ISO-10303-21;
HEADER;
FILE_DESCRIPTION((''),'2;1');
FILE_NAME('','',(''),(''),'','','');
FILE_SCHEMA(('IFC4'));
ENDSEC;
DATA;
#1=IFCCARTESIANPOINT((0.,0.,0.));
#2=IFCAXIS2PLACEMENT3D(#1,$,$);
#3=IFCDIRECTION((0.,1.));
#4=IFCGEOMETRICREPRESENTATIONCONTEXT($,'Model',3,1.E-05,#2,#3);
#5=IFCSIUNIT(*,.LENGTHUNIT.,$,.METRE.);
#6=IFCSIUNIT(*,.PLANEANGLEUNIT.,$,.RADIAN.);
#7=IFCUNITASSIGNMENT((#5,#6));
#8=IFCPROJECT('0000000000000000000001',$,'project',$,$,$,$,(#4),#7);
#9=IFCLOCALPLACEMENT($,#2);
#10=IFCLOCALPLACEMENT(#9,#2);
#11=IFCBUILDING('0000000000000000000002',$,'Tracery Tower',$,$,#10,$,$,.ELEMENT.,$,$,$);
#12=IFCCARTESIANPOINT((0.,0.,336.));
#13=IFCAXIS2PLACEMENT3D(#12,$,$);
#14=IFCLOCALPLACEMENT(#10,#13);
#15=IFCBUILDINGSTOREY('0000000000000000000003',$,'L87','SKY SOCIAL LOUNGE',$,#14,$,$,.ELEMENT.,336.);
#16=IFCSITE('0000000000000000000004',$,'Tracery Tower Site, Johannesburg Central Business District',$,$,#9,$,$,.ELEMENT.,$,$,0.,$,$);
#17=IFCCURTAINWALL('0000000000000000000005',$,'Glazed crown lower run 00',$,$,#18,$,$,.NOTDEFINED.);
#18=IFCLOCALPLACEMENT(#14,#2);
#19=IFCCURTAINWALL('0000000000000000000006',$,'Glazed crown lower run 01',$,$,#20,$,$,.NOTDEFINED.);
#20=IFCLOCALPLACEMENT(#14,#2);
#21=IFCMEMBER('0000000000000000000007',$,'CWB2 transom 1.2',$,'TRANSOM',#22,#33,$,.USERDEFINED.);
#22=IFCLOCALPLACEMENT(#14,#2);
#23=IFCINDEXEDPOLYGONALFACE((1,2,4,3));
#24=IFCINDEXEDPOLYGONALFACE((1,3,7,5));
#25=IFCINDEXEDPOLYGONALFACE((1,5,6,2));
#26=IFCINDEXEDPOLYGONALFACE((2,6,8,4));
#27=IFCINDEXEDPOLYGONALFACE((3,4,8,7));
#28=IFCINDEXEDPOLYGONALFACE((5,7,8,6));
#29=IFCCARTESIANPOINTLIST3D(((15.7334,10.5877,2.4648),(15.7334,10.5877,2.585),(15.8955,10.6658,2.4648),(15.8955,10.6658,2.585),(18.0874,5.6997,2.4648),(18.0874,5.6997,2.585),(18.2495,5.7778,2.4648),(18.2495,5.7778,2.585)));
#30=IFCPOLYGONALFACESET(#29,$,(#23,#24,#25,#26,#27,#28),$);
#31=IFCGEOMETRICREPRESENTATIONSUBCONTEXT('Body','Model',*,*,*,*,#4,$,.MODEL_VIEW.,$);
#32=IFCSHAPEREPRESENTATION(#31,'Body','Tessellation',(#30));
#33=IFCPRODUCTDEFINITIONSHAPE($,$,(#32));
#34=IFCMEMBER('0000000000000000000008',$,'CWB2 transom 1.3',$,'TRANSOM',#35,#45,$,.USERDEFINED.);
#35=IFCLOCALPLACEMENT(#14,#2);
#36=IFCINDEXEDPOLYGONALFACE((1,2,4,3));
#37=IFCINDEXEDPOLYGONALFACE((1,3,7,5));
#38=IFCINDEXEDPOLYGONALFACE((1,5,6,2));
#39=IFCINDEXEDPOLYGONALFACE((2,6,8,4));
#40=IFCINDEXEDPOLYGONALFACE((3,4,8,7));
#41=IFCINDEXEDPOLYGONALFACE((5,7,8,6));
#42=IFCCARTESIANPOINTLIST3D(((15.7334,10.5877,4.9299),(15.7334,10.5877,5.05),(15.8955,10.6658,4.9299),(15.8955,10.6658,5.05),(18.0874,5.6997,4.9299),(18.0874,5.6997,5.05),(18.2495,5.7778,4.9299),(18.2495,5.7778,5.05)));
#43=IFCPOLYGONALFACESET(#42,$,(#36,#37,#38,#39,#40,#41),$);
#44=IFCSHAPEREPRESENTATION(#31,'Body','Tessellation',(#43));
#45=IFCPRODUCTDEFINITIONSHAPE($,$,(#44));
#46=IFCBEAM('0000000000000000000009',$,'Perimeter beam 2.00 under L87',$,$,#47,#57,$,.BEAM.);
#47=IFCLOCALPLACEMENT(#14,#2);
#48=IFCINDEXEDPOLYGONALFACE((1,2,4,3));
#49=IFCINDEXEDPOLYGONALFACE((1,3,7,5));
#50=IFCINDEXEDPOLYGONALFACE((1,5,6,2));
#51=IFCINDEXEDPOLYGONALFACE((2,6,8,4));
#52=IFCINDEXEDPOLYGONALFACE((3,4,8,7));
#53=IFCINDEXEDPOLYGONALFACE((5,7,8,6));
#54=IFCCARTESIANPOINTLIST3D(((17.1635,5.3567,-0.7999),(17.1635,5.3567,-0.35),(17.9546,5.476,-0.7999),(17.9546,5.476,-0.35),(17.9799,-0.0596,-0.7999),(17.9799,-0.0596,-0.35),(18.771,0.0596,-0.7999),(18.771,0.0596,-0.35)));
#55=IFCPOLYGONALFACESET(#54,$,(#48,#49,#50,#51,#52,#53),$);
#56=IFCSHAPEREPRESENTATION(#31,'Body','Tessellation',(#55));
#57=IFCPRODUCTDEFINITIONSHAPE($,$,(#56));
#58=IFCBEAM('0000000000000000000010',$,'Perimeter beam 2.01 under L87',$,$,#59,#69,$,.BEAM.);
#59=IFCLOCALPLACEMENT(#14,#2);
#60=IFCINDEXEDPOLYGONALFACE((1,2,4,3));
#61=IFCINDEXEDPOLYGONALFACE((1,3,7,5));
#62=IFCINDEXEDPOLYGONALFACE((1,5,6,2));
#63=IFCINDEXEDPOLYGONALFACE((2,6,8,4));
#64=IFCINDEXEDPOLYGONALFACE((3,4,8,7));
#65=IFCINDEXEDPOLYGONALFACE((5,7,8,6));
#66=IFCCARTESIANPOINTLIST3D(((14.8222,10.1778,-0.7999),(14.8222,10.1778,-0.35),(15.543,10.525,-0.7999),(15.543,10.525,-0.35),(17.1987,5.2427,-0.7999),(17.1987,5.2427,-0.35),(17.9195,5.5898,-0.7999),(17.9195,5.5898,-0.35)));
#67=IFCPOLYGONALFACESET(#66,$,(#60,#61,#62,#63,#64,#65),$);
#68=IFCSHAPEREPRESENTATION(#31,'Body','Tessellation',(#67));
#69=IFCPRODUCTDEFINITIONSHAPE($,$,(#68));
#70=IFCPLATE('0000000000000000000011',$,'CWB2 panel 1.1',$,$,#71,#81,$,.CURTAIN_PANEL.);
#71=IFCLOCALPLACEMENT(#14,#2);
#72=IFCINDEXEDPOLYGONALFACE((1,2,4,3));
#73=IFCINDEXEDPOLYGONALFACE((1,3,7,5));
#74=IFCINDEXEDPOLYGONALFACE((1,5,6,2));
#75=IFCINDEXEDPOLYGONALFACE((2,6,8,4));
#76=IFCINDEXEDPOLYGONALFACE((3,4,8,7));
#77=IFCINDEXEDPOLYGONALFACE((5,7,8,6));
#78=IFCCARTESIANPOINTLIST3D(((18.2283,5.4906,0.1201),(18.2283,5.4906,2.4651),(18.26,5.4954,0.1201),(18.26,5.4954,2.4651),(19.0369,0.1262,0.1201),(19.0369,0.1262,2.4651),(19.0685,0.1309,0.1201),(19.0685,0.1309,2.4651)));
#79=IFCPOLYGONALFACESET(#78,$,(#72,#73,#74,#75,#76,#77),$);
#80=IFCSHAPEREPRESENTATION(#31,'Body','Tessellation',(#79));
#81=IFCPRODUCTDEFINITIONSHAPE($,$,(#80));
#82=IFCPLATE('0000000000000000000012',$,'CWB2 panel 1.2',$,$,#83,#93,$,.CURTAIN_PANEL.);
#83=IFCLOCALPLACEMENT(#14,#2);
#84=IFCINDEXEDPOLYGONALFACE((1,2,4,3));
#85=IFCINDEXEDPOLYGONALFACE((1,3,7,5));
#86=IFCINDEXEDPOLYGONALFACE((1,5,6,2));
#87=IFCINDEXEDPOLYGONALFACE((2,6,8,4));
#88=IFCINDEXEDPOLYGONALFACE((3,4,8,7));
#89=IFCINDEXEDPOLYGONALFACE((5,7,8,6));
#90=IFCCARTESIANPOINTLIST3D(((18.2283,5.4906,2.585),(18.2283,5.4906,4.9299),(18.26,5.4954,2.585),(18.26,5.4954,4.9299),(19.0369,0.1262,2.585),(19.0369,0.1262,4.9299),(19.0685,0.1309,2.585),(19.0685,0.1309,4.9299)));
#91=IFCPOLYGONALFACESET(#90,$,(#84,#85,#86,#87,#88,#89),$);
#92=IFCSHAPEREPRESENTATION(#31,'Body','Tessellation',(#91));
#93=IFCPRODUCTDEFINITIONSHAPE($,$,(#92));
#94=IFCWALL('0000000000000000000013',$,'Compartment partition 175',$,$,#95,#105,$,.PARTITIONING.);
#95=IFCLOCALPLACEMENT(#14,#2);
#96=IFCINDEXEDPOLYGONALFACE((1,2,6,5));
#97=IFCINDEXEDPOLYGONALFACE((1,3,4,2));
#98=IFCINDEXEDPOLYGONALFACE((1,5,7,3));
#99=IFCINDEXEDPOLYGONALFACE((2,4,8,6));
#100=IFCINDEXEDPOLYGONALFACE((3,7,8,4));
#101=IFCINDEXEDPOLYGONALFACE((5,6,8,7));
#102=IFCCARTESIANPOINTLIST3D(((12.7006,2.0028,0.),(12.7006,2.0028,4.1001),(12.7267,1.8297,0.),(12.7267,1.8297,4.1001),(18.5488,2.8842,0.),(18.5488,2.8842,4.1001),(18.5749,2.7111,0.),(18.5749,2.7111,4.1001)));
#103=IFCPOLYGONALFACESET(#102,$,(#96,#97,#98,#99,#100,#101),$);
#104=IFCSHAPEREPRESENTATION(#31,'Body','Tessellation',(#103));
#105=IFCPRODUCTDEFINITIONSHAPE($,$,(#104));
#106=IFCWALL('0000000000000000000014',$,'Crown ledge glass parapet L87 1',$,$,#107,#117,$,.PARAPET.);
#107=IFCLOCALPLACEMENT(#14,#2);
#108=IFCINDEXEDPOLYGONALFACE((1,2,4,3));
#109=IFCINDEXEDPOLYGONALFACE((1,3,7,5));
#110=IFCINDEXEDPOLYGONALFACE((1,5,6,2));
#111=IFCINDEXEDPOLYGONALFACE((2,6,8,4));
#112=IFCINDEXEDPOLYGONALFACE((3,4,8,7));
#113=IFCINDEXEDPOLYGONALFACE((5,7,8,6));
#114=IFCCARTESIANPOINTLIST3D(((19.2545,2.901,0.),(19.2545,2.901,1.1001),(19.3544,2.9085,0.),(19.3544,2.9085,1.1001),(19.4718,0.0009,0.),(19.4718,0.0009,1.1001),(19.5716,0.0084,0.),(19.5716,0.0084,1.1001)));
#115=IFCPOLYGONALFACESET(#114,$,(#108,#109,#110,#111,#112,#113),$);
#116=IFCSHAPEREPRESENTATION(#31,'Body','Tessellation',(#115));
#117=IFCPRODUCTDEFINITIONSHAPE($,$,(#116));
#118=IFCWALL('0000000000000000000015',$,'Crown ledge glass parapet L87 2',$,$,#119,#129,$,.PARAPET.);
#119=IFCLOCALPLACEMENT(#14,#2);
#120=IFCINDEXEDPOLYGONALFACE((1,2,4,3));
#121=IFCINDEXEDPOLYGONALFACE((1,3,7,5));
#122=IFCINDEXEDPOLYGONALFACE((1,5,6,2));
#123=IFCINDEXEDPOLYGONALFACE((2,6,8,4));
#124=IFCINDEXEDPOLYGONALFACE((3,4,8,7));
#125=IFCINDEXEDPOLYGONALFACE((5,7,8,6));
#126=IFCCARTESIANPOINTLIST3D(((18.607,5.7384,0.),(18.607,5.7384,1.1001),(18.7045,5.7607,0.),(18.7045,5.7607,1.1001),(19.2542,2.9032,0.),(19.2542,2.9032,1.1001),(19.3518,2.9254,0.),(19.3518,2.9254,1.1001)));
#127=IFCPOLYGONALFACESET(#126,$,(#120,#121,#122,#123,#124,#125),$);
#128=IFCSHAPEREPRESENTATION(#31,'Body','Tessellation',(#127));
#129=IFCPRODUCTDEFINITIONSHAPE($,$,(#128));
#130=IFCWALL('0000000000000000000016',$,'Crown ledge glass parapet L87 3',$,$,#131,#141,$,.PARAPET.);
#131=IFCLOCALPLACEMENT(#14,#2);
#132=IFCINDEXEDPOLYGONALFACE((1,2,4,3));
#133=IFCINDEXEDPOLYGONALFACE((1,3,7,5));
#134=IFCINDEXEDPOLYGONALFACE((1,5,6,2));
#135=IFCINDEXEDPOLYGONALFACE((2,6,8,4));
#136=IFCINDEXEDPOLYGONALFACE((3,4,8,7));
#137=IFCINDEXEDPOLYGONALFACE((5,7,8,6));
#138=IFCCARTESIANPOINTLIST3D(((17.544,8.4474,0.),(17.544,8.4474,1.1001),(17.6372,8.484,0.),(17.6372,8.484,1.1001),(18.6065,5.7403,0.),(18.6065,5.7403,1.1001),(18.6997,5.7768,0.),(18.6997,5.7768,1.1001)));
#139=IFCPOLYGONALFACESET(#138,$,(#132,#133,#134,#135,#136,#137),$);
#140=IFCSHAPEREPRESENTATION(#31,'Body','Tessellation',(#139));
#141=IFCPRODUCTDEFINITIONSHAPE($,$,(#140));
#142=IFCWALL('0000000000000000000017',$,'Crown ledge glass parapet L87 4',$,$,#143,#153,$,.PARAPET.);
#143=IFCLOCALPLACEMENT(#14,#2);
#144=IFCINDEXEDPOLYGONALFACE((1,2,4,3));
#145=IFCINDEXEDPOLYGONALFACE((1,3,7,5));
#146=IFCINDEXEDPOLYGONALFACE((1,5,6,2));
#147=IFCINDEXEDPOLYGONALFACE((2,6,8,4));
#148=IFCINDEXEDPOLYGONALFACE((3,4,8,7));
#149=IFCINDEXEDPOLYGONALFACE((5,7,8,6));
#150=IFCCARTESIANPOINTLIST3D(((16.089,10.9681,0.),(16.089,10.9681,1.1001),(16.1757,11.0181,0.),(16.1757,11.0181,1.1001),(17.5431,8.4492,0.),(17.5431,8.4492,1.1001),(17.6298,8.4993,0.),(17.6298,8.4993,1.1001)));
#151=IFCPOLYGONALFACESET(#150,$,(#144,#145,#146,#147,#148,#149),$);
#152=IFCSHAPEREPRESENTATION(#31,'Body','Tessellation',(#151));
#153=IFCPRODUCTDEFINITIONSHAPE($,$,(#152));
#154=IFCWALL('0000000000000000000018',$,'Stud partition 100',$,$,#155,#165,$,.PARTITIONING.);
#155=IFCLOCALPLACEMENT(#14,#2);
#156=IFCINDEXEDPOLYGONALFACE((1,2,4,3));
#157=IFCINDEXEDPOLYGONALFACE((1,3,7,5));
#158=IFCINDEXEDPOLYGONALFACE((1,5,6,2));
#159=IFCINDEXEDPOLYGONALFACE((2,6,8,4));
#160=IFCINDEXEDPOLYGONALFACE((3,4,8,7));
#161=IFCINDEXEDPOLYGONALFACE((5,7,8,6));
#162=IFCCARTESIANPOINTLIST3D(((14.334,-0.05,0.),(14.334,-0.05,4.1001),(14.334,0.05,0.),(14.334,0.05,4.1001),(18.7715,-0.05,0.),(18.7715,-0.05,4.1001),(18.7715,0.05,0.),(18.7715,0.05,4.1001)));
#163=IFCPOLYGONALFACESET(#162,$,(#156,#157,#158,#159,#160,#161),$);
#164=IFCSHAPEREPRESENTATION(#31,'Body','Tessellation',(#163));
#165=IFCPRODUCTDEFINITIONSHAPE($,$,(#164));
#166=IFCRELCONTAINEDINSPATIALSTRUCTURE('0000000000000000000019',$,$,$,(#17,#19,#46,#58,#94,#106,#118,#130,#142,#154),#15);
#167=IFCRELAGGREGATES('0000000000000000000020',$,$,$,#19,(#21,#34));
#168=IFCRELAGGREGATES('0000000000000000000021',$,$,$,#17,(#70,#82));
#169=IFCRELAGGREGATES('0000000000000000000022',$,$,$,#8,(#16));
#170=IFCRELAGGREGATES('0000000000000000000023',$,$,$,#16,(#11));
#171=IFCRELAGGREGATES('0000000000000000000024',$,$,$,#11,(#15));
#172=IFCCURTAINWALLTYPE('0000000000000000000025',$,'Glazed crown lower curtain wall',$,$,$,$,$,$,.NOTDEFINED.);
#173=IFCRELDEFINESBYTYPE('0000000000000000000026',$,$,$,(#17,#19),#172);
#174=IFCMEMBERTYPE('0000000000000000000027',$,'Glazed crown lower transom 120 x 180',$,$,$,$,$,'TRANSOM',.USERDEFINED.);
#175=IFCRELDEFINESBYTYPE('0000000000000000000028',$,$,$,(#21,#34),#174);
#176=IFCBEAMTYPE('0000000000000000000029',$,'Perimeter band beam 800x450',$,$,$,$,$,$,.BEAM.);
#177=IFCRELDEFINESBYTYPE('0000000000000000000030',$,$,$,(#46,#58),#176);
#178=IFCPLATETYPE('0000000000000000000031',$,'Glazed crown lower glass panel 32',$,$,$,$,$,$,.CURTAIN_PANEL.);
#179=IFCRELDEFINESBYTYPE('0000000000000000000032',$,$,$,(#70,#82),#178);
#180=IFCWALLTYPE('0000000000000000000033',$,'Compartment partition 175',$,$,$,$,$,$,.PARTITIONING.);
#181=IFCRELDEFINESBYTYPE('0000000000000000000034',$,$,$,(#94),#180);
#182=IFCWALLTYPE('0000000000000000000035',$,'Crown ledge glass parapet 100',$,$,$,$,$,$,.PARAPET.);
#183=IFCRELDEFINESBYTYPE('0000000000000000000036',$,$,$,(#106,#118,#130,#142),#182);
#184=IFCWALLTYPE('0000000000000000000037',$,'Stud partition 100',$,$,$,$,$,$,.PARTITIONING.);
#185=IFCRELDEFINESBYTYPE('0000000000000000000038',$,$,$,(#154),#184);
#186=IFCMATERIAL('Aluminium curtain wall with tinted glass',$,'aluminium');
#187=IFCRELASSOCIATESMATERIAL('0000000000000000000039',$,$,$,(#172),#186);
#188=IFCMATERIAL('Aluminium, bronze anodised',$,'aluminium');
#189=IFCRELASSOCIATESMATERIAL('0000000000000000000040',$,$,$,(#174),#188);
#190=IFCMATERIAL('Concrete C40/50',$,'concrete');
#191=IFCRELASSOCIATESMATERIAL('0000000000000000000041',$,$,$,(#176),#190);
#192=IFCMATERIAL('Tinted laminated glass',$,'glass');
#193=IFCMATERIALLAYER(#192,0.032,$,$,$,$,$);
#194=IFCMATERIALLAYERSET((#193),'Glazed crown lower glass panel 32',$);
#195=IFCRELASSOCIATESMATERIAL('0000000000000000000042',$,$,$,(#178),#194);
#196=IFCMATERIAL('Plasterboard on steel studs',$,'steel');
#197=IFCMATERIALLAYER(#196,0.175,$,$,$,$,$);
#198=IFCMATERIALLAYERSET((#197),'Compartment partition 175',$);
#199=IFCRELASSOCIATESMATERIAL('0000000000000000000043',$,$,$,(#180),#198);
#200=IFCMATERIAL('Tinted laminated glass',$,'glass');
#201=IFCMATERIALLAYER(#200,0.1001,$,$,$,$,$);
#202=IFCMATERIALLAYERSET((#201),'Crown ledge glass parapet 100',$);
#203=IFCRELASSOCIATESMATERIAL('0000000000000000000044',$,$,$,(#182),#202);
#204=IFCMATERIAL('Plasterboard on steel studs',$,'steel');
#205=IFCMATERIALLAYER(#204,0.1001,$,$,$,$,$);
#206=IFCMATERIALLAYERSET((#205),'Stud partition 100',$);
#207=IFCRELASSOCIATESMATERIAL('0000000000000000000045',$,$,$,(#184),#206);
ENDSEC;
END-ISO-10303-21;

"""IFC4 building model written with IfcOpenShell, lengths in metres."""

from ifc_helpers import new_model, si_unit, direction, frame, frame_2d, origin, origin_2d, place, context, subcontext, project, spatial, rectangle, extrude, material, layer, layer_set, material_profile, profile_set, type_object, element, aggregate, save


model = new_model("IFC4")

# Units and contexts
model_context = context("Model", 3, precision=1e-05, world=origin(), true_north=direction((0.0, 1.0)))
body_context = subcontext(model_context, "Body", "Model", "MODEL_VIEW")
ifc_project = project(units=[si_unit("LENGTHUNIT", "METRE"), si_unit("PLANEANGLEUNIT", "RADIAN")], contexts=[model_context])

# Site, building, storey
site_placement = place(None, origin())
site = spatial("IfcSite", under=ifc_project, at=site_placement, Name="Tracery Tower Site, Johannesburg Central Business District", CompositionType="ELEMENT", RefElevation=0.0)
building_placement = place(site_placement, origin())
building = spatial("IfcBuilding", under=site, at=building_placement, Name="Tracery Tower", CompositionType="ELEMENT")
storey_placement = place(building_placement, frame((0.0, 0.0, 336.0)))
storey = spatial("IfcBuildingStorey", under=building, at=storey_placement, Name="L87", Description="SKY SOCIAL LOUNGE", CompositionType="ELEMENT", Elevation=336.0)

# Curtain wall
ifc_material_1 = material(Name="Aluminium curtain wall with tinted glass", Category="aluminium")
curtain_wall_type = type_object("IfcCurtainWallType", Name="Glazed crown lower curtain wall", PredefinedType="NOTDEFINED", material=ifc_material_1)
curtain_wall_1_placement = place(storey_placement, origin())
curtain_wall_1 = element("IfcCurtainWall", 1, at=curtain_wall_1_placement, inside=storey, type_object=curtain_wall_type, Name="Glazed crown lower run 00", PredefinedType="NOTDEFINED")

# Curtain wall
curtain_wall_2_placement = place(storey_placement, origin())
curtain_wall_2 = element("IfcCurtainWall", 2, at=curtain_wall_2_placement, inside=storey, type_object=curtain_wall_type, Name="Glazed crown lower run 01", PredefinedType="NOTDEFINED")

# Members
ifc_material_2 = material(Name="Aluminium, bronze anodised", Category="aluminium")
ifc_material_profile_1 = material_profile(ifc_material_2, rectangle(XDim=0.1799, YDim=0.1201, at=origin_2d()), Name="Glazed crown lower transom 120 x 180")
ifc_profile_set_1 = profile_set([ifc_material_profile_1], Name="Aluminium, bronze anodised")
member_type_1 = type_object("IfcMemberType", Name="Glazed crown lower transom 120 x 180", ElementType="TRANSOM", PredefinedType="USERDEFINED", material=ifc_profile_set_1)
member_1_placement = place(storey_placement, frame((18.1685, 5.7388, 2.5249), z_axis=(-0.433898, 0.900962, 0.0), x_axis=(-0.900962, -0.433898, 0.0)))
member_1 = element("IfcMember", 3, at=member_1_placement, type_object=member_type_1, Name="CWB2 transom 1.2", ObjectType="TRANSOM", PredefinedType="USERDEFINED", context=body_context, shape_type="SweptSolid", body=[
    extrude(rectangle(XDim=0.1799, YDim=0.1201, at=origin_2d()), origin(), (0.0, 0.0, 1.0), 5.4253),
])
member_2_placement = place(storey_placement, frame((18.1685, 5.7388, 4.99), z_axis=(-0.433898, 0.900962, 0.0), x_axis=(-0.900962, -0.433898, 0.0)))
member_2 = element("IfcMember", 4, at=member_2_placement, type_object=member_type_1, Name="CWB2 transom 1.3", ObjectType="TRANSOM", PredefinedType="USERDEFINED", context=body_context, shape_type="SweptSolid", body=[
    extrude(rectangle(XDim=0.1799, YDim=0.1201, at=origin_2d()), origin(), (0.0, 0.0, 1.0), 5.4253),
])
aggregate(curtain_wall_2, [member_1, member_2])

# Beams
ifc_material_3 = material(Name="Concrete C40/50", Category="concrete")
ifc_material_profile_2 = material_profile(ifc_material_3, rectangle(XDim=0.8, YDim=0.45, at=origin_2d()), Name="RC 800x450")
ifc_profile_set_2 = profile_set([ifc_material_profile_2], Name="Concrete C40/50")
beam_type = type_object("IfcBeamType", Name="Perimeter band beam 800x450", PredefinedType="BEAM", material=ifc_profile_set_2)
for number, where, z_axis, x_axis, name in (
    (5, (18.3755, 0.0, -0.575), (-0.149049, 0.98883, 0.0), (-0.98883, -0.149049, 0.0), "Perimeter beam 2.00 under L87"),
    (6, (17.5591, 5.4163, -0.575), (-0.433864, 0.900978, 0.0), (-0.900978, -0.433864, 0.0), "Perimeter beam 2.01 under L87"),
):
    element("IfcBeam", number, at=place(storey_placement, frame(where, z_axis=z_axis, x_axis=x_axis)), inside=storey, type_object=beam_type, Name=name, PredefinedType="BEAM", context=body_context, shape_type="SweptSolid", body=[
        extrude(rectangle(XDim=0.8, YDim=0.45, at=origin_2d()), origin(), (0.0, 0.0, 1.0), 5.4775),
    ])

# Plates
ifc_material_4 = material(Name="Tinted laminated glass", Category="glass")
ifc_layer_1 = layer(ifc_material_4, 0.032)
ifc_layer_set_1 = layer_set([ifc_layer_1], Name="Glazed crown lower glass panel 32")
plate_type = type_object("IfcPlateType", Name="Glazed crown lower glass panel 32", PredefinedType="CURTAIN_PANEL", material=ifc_layer_set_1)
plate_1_placement = place(storey_placement, frame((18.6484, 2.8108, 0.1201), z_axis=(0.0, 0.0, 1.0), x_axis=(-0.149043, 0.988831, 0.0)))
plate_1 = element("IfcPlate", 7, at=plate_1_placement, type_object=plate_type, Name="CWB2 panel 1.1", PredefinedType="CURTAIN_PANEL", context=body_context, shape_type="SweptSolid", body=[
    extrude(rectangle(XDim=5.425, YDim=0.032, at=origin_2d()), origin(), (0.0, 0.0, 1.0), 2.345),
])
plate_2_placement = place(storey_placement, frame((18.6484, 2.8108, 2.585), z_axis=(0.0, 0.0, 1.0), x_axis=(-0.149043, 0.988831, 0.0)))
plate_2 = element("IfcPlate", 8, at=plate_2_placement, type_object=plate_type, Name="CWB2 panel 1.2", PredefinedType="CURTAIN_PANEL", context=body_context, shape_type="SweptSolid", body=[
    extrude(rectangle(XDim=5.425, YDim=0.032, at=origin_2d()), origin(), (0.0, 0.0, 1.0), 2.345),
])
aggregate(curtain_wall_1, [plate_1, plate_2])

# Walls
ifc_material_5 = material(Name="Plasterboard on steel studs", Category="steel")
ifc_layer_2 = layer(ifc_material_5, 0.175)
ifc_layer_set_2 = layer_set([ifc_layer_2], Name="Compartment partition 175")
wall_type_1 = type_object("IfcWallType", Name="Compartment partition 175", PredefinedType="PARTITIONING", material=ifc_layer_set_2)
wall_1_placement = place(storey_placement, frame((18.5618, 2.7976, 0.0), z_axis=(0.0, 0.0, 1.0), x_axis=(-0.988835, -0.149017, 0.0)))
element("IfcWall", 9, at=wall_1_placement, inside=storey, type_object=wall_type_1, Name="Compartment partition 175", PredefinedType="PARTITIONING", context=body_context, shape_type="SweptSolid", body=[
    extrude(rectangle(XDim=5.9143, YDim=0.175, at=frame_2d((2.957, 0.0))), origin(), (0.0, 0.0, 1.0), 4.1001),
])
ifc_material_6 = material(Name="Tinted laminated glass", Category="glass")
ifc_layer_3 = layer(ifc_material_6, 0.1001)
ifc_layer_set_3 = layer_set([ifc_layer_3], Name="Crown ledge glass parapet 100")
wall_type_2 = type_object("IfcWallType", Name="Crown ledge glass parapet 100", PredefinedType="PARAPET", material=ifc_layer_set_3)
for number, where, z_axis, x_axis, name in (
    (10, (19.5217, 0.0046, 0.0), (0.0, 0.0, 1.0), (-0.074713, 0.997205, 0.0), "Crown ledge glass parapet L87 1"),
    (11, (19.303, 2.9143, 0.0), (0.0, 0.0, 1.0), (-0.222554, 0.97492, 0.0), "Crown ledge glass parapet L87 2"),
    (12, (18.6531, 5.7585, 0.0), (0.0, 0.0, 1.0), (-0.365333, 0.930877, 0.0), "Crown ledge glass parapet L87 3"),
):
    element("IfcWall", number, at=place(storey_placement, frame(where, z_axis=z_axis, x_axis=x_axis)), inside=storey, type_object=wall_type_2, Name=name, PredefinedType="PARAPET", context=body_context, shape_type="SweptSolid", body=[
        extrude(rectangle(XDim=2.9082, YDim=0.1001, at=frame_2d((1.4541, 0.0))), origin(), (0.0, 0.0, 1.0), 1.1001),
    ])
wall_2_placement = place(storey_placement, frame((17.5864, 8.4744, 0.0), z_axis=(0.0, 0.0, 1.0), x_axis=(-0.499967, 0.866044, 0.0)))
element("IfcWall", 13, at=wall_2_placement, inside=storey, type_object=wall_type_2, Name="Crown ledge glass parapet L87 4", PredefinedType="PARAPET", context=body_context, shape_type="SweptSolid", body=[
    extrude(rectangle(XDim=2.9084, YDim=0.1001, at=frame_2d((1.4541, 0.0))), origin(), (0.0, 0.0, 1.0), 1.1001),
])
ifc_material_7 = material(Name="Plasterboard on steel studs", Category="steel")
ifc_layer_4 = layer(ifc_material_7, 0.1001)
ifc_layer_set_4 = layer_set([ifc_layer_4], Name="Stud partition 100")
wall_type_3 = type_object("IfcWallType", Name="Stud partition 100", PredefinedType="PARTITIONING", material=ifc_layer_set_4)
wall_3_placement = place(storey_placement, frame((18.7715, 0.0, 0.0), z_axis=(0.0, 0.0, 1.0), x_axis=(-1.0, 0.0, 0.0)))
element("IfcWall", 14, at=wall_3_placement, inside=storey, type_object=wall_type_3, Name="Stud partition 100", PredefinedType="PARTITIONING", context=body_context, shape_type="SweptSolid", body=[
    extrude(rectangle(XDim=4.4375, YDim=0.1001, at=frame_2d((2.2188, 0.0))), origin(), (0.0, 0.0, 1.0), 4.1001),
])

save(model, "model.ifc")
